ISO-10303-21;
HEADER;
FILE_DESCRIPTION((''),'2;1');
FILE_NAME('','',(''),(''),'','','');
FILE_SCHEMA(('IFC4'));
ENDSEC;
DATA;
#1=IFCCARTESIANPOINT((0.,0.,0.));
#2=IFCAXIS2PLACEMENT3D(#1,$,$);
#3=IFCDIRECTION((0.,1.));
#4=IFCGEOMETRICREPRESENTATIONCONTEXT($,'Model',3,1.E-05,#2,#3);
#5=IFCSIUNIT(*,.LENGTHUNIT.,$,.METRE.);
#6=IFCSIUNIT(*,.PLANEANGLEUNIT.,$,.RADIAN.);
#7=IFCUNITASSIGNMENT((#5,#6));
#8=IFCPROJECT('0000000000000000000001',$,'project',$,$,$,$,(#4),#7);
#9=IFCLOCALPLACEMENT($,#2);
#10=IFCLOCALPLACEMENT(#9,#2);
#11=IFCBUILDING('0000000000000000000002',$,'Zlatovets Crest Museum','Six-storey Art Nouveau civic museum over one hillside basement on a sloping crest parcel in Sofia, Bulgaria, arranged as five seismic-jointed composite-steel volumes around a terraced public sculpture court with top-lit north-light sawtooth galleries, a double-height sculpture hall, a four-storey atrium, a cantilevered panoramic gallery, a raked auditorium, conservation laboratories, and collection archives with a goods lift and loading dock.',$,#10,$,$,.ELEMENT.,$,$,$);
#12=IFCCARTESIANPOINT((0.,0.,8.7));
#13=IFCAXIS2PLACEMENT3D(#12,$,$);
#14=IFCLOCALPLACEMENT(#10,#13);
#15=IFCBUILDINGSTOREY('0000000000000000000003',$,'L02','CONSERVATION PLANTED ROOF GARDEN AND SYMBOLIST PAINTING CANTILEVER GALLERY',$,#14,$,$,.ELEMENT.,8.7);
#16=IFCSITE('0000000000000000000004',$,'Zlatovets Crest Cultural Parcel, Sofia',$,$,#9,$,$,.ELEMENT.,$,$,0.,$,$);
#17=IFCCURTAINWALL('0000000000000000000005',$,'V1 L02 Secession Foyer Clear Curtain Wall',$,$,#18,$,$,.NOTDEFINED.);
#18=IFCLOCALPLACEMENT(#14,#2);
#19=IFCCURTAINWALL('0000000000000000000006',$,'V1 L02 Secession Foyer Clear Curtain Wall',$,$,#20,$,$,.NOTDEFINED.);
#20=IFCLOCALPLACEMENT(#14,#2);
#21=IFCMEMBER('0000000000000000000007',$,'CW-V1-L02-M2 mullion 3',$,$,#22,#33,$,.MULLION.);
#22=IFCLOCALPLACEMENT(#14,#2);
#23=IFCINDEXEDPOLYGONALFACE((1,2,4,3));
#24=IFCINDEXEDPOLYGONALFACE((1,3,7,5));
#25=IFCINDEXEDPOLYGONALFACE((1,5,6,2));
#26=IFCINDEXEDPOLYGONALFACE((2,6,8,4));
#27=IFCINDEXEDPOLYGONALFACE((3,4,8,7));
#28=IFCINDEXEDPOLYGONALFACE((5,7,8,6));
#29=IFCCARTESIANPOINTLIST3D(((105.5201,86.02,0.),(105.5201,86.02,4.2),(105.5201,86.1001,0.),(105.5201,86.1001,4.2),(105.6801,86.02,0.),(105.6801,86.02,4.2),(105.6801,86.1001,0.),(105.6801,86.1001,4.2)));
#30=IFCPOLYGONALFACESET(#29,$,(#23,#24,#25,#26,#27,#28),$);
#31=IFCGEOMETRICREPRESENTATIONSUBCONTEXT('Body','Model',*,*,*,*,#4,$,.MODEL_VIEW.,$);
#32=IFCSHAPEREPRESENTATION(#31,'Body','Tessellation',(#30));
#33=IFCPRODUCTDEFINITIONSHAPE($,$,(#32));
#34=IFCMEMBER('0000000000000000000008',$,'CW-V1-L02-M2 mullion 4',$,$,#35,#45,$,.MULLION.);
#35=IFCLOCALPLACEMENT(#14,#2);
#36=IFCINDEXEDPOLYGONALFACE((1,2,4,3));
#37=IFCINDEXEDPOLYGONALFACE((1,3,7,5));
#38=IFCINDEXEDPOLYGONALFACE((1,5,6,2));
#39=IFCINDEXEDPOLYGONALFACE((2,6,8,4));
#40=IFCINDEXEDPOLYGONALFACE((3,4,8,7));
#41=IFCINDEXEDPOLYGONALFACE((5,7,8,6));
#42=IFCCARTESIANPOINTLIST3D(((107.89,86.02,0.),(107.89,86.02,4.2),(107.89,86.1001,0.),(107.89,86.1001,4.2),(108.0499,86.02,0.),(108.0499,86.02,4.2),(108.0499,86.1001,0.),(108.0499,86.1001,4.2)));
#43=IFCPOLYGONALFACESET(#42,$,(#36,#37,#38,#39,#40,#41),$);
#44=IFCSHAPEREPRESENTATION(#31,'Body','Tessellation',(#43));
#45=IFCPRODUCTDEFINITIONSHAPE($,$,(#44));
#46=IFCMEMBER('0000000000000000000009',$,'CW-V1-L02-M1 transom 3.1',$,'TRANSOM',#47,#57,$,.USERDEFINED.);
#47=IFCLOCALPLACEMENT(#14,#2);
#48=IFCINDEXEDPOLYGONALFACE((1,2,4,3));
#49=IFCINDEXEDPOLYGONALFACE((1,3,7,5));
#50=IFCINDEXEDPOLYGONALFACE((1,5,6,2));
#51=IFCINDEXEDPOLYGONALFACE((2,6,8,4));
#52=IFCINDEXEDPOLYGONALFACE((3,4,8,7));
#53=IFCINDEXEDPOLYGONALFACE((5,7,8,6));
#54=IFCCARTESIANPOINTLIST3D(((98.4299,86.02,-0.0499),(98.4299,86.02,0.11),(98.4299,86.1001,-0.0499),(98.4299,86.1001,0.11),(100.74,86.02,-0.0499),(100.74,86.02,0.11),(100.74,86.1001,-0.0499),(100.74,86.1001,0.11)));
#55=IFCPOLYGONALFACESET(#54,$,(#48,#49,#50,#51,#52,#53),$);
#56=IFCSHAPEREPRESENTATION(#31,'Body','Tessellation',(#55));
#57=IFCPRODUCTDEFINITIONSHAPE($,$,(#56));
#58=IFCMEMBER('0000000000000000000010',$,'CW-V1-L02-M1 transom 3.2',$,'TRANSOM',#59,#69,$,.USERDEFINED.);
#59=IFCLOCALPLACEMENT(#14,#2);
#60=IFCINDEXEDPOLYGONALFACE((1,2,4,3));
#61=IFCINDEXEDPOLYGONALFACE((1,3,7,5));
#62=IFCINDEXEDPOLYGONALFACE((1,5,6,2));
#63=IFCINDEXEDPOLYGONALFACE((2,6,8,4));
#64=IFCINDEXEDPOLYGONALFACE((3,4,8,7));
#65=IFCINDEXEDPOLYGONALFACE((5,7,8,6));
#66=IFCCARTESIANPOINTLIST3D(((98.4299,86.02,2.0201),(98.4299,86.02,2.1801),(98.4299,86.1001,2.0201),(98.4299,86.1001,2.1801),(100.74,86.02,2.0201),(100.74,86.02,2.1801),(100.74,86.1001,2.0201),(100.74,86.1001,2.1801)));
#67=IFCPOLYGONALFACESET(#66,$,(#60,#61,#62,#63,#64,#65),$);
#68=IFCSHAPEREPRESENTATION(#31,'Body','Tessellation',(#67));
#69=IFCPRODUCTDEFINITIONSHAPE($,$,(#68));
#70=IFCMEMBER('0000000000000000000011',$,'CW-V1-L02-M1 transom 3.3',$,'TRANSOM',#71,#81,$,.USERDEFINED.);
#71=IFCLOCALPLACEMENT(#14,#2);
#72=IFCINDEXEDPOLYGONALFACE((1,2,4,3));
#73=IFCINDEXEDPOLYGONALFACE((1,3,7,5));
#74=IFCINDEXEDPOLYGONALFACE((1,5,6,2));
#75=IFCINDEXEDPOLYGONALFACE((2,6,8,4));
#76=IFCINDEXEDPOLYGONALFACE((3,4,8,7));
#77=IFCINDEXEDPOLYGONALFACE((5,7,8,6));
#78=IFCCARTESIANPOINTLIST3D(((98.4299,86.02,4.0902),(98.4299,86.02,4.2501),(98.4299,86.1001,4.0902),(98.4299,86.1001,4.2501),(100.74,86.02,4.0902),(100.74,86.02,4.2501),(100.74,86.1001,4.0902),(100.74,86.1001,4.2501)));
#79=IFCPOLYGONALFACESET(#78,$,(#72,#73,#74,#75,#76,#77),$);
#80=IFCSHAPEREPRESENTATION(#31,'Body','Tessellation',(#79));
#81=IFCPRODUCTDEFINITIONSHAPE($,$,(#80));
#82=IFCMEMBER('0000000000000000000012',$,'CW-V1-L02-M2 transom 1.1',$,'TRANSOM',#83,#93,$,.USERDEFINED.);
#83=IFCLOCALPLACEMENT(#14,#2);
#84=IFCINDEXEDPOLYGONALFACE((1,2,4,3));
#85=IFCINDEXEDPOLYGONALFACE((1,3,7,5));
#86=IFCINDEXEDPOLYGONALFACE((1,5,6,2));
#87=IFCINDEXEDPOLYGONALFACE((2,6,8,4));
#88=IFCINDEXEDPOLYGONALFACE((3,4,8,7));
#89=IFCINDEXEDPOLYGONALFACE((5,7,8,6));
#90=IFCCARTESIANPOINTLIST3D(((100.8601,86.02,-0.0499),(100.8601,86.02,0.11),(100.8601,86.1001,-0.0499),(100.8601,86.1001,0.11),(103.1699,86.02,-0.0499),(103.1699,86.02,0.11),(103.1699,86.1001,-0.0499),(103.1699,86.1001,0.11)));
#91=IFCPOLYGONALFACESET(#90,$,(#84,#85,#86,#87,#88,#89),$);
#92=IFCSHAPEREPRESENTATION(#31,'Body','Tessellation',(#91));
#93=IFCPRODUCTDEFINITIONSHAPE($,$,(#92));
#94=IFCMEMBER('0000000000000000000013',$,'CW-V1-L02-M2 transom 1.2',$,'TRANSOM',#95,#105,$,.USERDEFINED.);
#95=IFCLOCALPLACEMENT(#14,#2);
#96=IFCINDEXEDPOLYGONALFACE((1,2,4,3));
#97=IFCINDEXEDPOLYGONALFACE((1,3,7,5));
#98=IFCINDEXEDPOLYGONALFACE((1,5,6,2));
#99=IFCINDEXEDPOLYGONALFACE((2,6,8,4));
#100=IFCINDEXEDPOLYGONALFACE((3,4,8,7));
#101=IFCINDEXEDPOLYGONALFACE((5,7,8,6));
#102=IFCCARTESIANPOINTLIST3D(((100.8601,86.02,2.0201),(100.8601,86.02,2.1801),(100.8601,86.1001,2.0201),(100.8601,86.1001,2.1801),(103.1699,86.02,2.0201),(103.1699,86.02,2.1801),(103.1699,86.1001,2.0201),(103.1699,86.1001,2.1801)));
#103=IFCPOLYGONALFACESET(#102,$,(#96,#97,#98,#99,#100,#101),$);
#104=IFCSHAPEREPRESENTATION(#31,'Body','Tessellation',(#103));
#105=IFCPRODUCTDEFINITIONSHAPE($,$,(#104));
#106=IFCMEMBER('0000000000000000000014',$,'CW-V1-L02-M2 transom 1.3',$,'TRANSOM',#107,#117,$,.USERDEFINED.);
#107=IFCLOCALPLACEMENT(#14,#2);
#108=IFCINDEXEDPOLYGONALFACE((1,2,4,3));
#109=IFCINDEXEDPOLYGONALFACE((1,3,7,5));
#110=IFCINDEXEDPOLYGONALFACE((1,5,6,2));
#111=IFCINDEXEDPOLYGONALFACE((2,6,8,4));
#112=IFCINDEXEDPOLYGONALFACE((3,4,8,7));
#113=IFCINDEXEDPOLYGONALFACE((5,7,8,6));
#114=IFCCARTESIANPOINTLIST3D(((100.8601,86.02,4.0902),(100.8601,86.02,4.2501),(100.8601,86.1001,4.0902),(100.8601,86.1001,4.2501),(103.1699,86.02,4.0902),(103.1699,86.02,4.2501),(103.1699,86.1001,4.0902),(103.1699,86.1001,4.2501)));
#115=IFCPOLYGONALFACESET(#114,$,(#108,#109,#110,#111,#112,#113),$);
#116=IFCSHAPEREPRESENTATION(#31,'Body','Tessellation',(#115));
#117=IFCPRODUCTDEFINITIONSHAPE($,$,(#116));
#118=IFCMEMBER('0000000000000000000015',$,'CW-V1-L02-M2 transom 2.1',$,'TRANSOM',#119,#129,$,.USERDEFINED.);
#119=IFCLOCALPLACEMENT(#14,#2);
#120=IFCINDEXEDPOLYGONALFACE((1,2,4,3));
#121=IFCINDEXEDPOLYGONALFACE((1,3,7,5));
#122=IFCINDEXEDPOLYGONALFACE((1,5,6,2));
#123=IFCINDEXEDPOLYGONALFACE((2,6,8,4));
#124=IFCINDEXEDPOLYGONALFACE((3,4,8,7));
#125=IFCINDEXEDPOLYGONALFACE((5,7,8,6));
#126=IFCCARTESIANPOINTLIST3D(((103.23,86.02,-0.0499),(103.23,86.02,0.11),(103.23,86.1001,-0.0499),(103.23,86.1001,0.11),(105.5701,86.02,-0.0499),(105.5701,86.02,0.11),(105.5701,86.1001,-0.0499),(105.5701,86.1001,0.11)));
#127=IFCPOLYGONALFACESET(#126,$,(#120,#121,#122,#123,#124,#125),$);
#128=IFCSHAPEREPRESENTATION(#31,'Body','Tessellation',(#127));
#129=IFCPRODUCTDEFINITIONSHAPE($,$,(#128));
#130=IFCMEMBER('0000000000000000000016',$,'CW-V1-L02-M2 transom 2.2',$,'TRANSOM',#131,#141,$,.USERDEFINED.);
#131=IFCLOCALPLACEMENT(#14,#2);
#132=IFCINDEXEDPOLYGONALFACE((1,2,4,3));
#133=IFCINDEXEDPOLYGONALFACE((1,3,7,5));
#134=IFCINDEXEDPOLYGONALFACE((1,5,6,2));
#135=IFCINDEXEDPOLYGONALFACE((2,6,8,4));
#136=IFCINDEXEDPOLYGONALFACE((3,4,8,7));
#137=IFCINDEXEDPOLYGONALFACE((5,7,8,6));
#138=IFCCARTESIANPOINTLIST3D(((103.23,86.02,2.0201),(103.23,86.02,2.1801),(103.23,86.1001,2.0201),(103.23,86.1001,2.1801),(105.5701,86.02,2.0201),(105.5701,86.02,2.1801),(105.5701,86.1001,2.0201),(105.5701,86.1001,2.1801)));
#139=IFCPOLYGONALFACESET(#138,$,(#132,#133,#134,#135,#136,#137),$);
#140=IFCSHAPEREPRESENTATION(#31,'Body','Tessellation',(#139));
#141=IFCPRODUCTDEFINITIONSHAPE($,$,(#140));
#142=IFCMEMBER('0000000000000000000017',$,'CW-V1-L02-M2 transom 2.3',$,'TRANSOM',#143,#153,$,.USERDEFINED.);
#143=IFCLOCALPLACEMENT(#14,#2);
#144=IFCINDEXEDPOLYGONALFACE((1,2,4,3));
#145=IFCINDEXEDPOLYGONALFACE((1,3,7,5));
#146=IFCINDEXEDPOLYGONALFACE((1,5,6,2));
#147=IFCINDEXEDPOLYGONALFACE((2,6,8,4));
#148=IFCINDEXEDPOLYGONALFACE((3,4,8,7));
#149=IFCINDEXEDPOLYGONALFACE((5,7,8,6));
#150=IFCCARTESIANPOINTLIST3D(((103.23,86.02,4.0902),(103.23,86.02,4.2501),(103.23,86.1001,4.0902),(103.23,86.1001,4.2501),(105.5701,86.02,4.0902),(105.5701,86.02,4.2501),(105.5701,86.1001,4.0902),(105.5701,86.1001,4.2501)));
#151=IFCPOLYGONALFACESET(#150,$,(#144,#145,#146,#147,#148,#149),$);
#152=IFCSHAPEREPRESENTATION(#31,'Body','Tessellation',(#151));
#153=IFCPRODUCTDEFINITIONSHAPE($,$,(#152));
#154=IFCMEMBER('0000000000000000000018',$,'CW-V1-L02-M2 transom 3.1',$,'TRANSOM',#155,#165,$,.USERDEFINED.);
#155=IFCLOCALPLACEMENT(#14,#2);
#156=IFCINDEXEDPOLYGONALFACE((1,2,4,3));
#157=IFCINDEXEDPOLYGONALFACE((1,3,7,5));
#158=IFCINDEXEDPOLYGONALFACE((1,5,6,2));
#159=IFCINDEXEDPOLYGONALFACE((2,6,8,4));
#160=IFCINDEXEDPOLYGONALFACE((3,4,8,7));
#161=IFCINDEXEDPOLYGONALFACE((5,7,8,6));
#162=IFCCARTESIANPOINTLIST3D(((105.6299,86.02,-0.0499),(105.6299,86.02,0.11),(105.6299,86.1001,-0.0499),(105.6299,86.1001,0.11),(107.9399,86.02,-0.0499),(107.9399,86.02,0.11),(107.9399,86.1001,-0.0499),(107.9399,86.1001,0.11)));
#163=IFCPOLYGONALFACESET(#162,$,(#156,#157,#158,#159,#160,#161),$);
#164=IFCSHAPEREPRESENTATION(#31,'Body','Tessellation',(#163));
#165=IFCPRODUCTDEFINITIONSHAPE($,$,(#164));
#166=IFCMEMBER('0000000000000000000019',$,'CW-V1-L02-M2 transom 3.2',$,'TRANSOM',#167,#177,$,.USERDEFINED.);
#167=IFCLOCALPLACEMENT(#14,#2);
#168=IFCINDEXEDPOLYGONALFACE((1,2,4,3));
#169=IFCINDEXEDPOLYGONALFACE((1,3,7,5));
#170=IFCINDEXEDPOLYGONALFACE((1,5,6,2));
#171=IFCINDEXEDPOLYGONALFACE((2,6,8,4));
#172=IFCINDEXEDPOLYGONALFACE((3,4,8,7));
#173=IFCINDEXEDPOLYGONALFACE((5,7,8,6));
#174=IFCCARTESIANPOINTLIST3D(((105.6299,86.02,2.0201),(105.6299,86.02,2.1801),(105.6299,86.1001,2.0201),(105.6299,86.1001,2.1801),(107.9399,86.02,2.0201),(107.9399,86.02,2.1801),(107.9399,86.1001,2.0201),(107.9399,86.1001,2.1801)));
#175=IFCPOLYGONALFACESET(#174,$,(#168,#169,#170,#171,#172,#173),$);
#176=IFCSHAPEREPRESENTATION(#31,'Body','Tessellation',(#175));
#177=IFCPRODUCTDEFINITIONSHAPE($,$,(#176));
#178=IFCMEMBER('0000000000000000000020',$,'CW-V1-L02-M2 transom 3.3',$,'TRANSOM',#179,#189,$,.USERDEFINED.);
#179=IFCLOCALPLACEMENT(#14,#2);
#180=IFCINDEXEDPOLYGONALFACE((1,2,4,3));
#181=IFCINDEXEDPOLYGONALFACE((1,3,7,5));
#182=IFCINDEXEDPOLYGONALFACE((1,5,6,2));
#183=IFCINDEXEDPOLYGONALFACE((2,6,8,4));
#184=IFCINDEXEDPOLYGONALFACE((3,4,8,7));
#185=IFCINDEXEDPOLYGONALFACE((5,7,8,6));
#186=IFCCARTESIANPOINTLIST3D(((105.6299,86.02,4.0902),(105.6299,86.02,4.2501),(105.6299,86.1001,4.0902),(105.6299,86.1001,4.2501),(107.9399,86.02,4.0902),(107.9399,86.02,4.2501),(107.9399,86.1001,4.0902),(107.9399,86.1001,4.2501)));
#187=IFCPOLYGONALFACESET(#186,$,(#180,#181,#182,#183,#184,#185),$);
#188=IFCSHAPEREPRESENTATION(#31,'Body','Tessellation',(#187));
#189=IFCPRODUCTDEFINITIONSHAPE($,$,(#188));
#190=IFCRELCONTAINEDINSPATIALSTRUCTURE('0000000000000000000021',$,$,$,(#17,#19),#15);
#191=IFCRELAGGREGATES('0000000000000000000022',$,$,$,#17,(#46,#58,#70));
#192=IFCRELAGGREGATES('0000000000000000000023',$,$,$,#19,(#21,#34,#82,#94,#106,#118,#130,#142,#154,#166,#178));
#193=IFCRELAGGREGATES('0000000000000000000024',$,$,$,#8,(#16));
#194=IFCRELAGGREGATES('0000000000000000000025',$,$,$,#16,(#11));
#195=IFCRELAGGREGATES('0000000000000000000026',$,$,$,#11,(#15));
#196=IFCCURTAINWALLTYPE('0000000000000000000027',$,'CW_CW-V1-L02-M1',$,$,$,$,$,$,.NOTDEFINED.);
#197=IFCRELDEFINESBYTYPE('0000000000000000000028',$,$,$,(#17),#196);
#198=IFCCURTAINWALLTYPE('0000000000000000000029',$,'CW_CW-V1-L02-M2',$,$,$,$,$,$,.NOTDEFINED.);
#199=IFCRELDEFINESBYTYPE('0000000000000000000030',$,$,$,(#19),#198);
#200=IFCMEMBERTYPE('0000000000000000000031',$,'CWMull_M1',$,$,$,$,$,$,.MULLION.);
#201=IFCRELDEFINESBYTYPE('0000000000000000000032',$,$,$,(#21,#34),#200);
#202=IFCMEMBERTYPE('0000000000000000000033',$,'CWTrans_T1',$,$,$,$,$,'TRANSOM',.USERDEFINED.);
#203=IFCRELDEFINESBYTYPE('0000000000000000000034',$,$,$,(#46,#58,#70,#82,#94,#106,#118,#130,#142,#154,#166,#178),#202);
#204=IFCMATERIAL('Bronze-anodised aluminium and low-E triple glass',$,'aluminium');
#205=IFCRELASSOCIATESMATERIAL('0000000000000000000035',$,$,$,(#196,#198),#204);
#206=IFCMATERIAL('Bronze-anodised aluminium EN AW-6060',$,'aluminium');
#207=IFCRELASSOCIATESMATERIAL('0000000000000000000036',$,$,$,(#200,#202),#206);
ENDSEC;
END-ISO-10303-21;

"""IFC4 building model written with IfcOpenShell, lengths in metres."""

from ifc_helpers import new_model, si_unit, direction, frame, origin, origin_2d, place, context, subcontext, project, spatial, rectangle, extrude, material, material_profile, profile_set, type_object, element, aggregate, save


model = new_model("IFC4")

# Units and contexts
model_context = context("Model", 3, precision=1e-05, world=origin(), true_north=direction((0.0, 1.0)))
body_context = subcontext(model_context, "Body", "Model", "MODEL_VIEW")
ifc_project = project(units=[si_unit("LENGTHUNIT", "METRE"), si_unit("PLANEANGLEUNIT", "RADIAN")], contexts=[model_context])

# Site, building, storey
site_placement = place(None, origin())
site = spatial("IfcSite", under=ifc_project, at=site_placement, Name="Zlatovets Crest Cultural Parcel, Sofia", CompositionType="ELEMENT", RefElevation=0.0)
building_placement = place(site_placement, origin())
building = spatial("IfcBuilding", under=site, at=building_placement, Name="Zlatovets Crest Museum", Description="Six-storey Art Nouveau civic museum over one hillside basement on a sloping crest parcel in Sofia, Bulgaria, arranged as five seismic-jointed composite-steel volumes around a terraced public sculpture court with top-lit north-light sawtooth galleries, a double-height sculpture hall, a four-storey atrium, a cantilevered panoramic gallery, a raked auditorium, conservation laboratories, and collection archives with a goods lift and loading dock.", CompositionType="ELEMENT")
storey_placement = place(building_placement, frame((0.0, 0.0, 8.7)))
storey = spatial("IfcBuildingStorey", under=building, at=storey_placement, Name="L02", Description="CONSERVATION PLANTED ROOF GARDEN AND SYMBOLIST PAINTING CANTILEVER GALLERY", CompositionType="ELEMENT", Elevation=8.7)

# Curtain walls, members
ifc_material_1 = material(Name="Bronze-anodised aluminium and low-E triple glass", Category="aluminium")
curtain_wall_type_1 = type_object("IfcCurtainWallType", Name="CW_CW-V1-L02-M1", PredefinedType="NOTDEFINED", material=ifc_material_1)
curtain_wall_1_placement = place(storey_placement, origin())
curtain_wall_1 = element("IfcCurtainWall", 1, at=curtain_wall_1_placement, inside=storey, type_object=curtain_wall_type_1, Name="V1 L02 Secession Foyer Clear Curtain Wall", PredefinedType="NOTDEFINED")
ifc_material_2 = material(Name="Bronze-anodised aluminium EN AW-6060", Category="aluminium")
ifc_material_profile_1 = material_profile(ifc_material_2, rectangle(XDim=0.0801, YDim=0.1599, at=origin_2d()), Name="ALU 80x160")
ifc_profile_set_1 = profile_set([ifc_material_profile_1], Name="Bronze-anodised aluminium EN AW-6060")
member_type_1 = type_object("IfcMemberType", Name="CWMull_M1", PredefinedType="MULLION", material=ifc_profile_set_1)
curtain_wall_type_2 = type_object("IfcCurtainWallType", Name="CW_CW-V1-L02-M2", PredefinedType="NOTDEFINED", material=ifc_material_1)
curtain_wall_2_placement = place(storey_placement, origin())
curtain_wall_2 = element("IfcCurtainWall", 2, at=curtain_wall_2_placement, inside=storey, type_object=curtain_wall_type_2, Name="V1 L02 Secession Foyer Clear Curtain Wall", PredefinedType="NOTDEFINED")
member_1_placement = place(storey_placement, frame((105.6001, 86.0601, 0.0), z_axis=(0.0, 0.0, 1.0), x_axis=(0.0, 1.0, 0.0)))
member_1 = element("IfcMember", 3, at=member_1_placement, type_object=member_type_1, Name="CW-V1-L02-M2 mullion 3", PredefinedType="MULLION", context=body_context, shape_type="SweptSolid", body=[
    extrude(rectangle(XDim=0.0801, YDim=0.1599, at=origin_2d()), origin(), (0.0, 0.0, 1.0), 4.2),
])
member_2_placement = place(storey_placement, frame((107.97, 86.0601, 0.0), z_axis=(0.0, 0.0, 1.0), x_axis=(0.0, 1.0, 0.0)))
member_2 = element("IfcMember", 4, at=member_2_placement, type_object=member_type_1, Name="CW-V1-L02-M2 mullion 4", PredefinedType="MULLION", context=body_context, shape_type="SweptSolid", body=[
    extrude(rectangle(XDim=0.0801, YDim=0.1599, at=origin_2d()), origin(), (0.0, 0.0, 1.0), 4.2),
])

# Members
ifc_material_profile_2 = material_profile(ifc_material_2, rectangle(XDim=0.0801, YDim=0.1599, at=origin_2d()), Name="ALU 80x160")
ifc_profile_set_2 = profile_set([ifc_material_profile_2], Name="Bronze-anodised aluminium EN AW-6060")
member_type_2 = type_object("IfcMemberType", Name="CWTrans_T1", ElementType="TRANSOM", PredefinedType="USERDEFINED", material=ifc_profile_set_2)
member_3_placement = place(storey_placement, frame((98.4299, 86.0601, 0.03), z_axis=(1.0, 0.0, 0.0), x_axis=(0.0, 1.0, 0.0)))
member_3 = element("IfcMember", 5, at=member_3_placement, type_object=member_type_2, Name="CW-V1-L02-M1 transom 3.1", ObjectType="TRANSOM", PredefinedType="USERDEFINED", context=body_context, shape_type="SweptSolid", body=[
    extrude(rectangle(XDim=0.0801, YDim=0.1599, at=origin_2d()), origin(), (0.0, 0.0, 1.0), 2.3101),
])
member_4_placement = place(storey_placement, frame((98.4299, 86.0601, 2.1001), z_axis=(1.0, 0.0, 0.0), x_axis=(0.0, 1.0, 0.0)))
member_4 = element("IfcMember", 6, at=member_4_placement, type_object=member_type_2, Name="CW-V1-L02-M1 transom 3.2", ObjectType="TRANSOM", PredefinedType="USERDEFINED", context=body_context, shape_type="SweptSolid", body=[
    extrude(rectangle(XDim=0.0801, YDim=0.1599, at=origin_2d()), origin(), (0.0, 0.0, 1.0), 2.3101),
])
member_5_placement = place(storey_placement, frame((98.4299, 86.0601, 4.1702), z_axis=(1.0, 0.0, 0.0), x_axis=(0.0, 1.0, 0.0)))
member_5 = element("IfcMember", 7, at=member_5_placement, type_object=member_type_2, Name="CW-V1-L02-M1 transom 3.3", ObjectType="TRANSOM", PredefinedType="USERDEFINED", context=body_context, shape_type="SweptSolid", body=[
    extrude(rectangle(XDim=0.0801, YDim=0.1599, at=origin_2d()), origin(), (0.0, 0.0, 1.0), 2.3101),
])
member_6_placement = place(storey_placement, frame((100.8601, 86.0601, 0.03), z_axis=(1.0, 0.0, 0.0), x_axis=(0.0, 1.0, 0.0)))
member_6 = element("IfcMember", 8, at=member_6_placement, type_object=member_type_2, Name="CW-V1-L02-M2 transom 1.1", ObjectType="TRANSOM", PredefinedType="USERDEFINED", context=body_context, shape_type="SweptSolid", body=[
    extrude(rectangle(XDim=0.0801, YDim=0.1599, at=origin_2d()), origin(), (0.0, 0.0, 1.0), 2.3098),
])
member_7_placement = place(storey_placement, frame((100.8601, 86.0601, 2.1001), z_axis=(1.0, 0.0, 0.0), x_axis=(0.0, 1.0, 0.0)))
member_7 = element("IfcMember", 9, at=member_7_placement, type_object=member_type_2, Name="CW-V1-L02-M2 transom 1.2", ObjectType="TRANSOM", PredefinedType="USERDEFINED", context=body_context, shape_type="SweptSolid", body=[
    extrude(rectangle(XDim=0.0801, YDim=0.1599, at=origin_2d()), origin(), (0.0, 0.0, 1.0), 2.3098),
])
member_8_placement = place(storey_placement, frame((100.8601, 86.0601, 4.1702), z_axis=(1.0, 0.0, 0.0), x_axis=(0.0, 1.0, 0.0)))
member_8 = element("IfcMember", 10, at=member_8_placement, type_object=member_type_2, Name="CW-V1-L02-M2 transom 1.3", ObjectType="TRANSOM", PredefinedType="USERDEFINED", context=body_context, shape_type="SweptSolid", body=[
    extrude(rectangle(XDim=0.0801, YDim=0.1599, at=origin_2d()), origin(), (0.0, 0.0, 1.0), 2.3098),
])
member_9_placement = place(storey_placement, frame((103.23, 86.0601, 0.03), z_axis=(1.0, 0.0, 0.0), x_axis=(0.0, 1.0, 0.0)))
member_9 = element("IfcMember", 11, at=member_9_placement, type_object=member_type_2, Name="CW-V1-L02-M2 transom 2.1", ObjectType="TRANSOM", PredefinedType="USERDEFINED", context=body_context, shape_type="SweptSolid", body=[
    extrude(rectangle(XDim=0.0801, YDim=0.1599, at=origin_2d()), origin(), (0.0, 0.0, 1.0), 2.3401),
])
member_10_placement = place(storey_placement, frame((103.23, 86.0601, 2.1001), z_axis=(1.0, 0.0, 0.0), x_axis=(0.0, 1.0, 0.0)))
member_10 = element("IfcMember", 12, at=member_10_placement, type_object=member_type_2, Name="CW-V1-L02-M2 transom 2.2", ObjectType="TRANSOM", PredefinedType="USERDEFINED", context=body_context, shape_type="SweptSolid", body=[
    extrude(rectangle(XDim=0.0801, YDim=0.1599, at=origin_2d()), origin(), (0.0, 0.0, 1.0), 2.3401),
])
member_11_placement = place(storey_placement, frame((103.23, 86.0601, 4.1702), z_axis=(1.0, 0.0, 0.0), x_axis=(0.0, 1.0, 0.0)))
member_11 = element("IfcMember", 13, at=member_11_placement, type_object=member_type_2, Name="CW-V1-L02-M2 transom 2.3", ObjectType="TRANSOM", PredefinedType="USERDEFINED", context=body_context, shape_type="SweptSolid", body=[
    extrude(rectangle(XDim=0.0801, YDim=0.1599, at=origin_2d()), origin(), (0.0, 0.0, 1.0), 2.3401),
])
member_12_placement = place(storey_placement, frame((105.6299, 86.0601, 0.03), z_axis=(1.0, 0.0, 0.0), x_axis=(0.0, 1.0, 0.0)))
member_12 = element("IfcMember", 14, at=member_12_placement, type_object=member_type_2, Name="CW-V1-L02-M2 transom 3.1", ObjectType="TRANSOM", PredefinedType="USERDEFINED", context=body_context, shape_type="SweptSolid", body=[
    extrude(rectangle(XDim=0.0801, YDim=0.1599, at=origin_2d()), origin(), (0.0, 0.0, 1.0), 2.3101),
])
member_13_placement = place(storey_placement, frame((105.6299, 86.0601, 2.1001), z_axis=(1.0, 0.0, 0.0), x_axis=(0.0, 1.0, 0.0)))
member_13 = element("IfcMember", 15, at=member_13_placement, type_object=member_type_2, Name="CW-V1-L02-M2 transom 3.2", ObjectType="TRANSOM", PredefinedType="USERDEFINED", context=body_context, shape_type="SweptSolid", body=[
    extrude(rectangle(XDim=0.0801, YDim=0.1599, at=origin_2d()), origin(), (0.0, 0.0, 1.0), 2.3101),
])
member_14_placement = place(storey_placement, frame((105.6299, 86.0601, 4.1702), z_axis=(1.0, 0.0, 0.0), x_axis=(0.0, 1.0, 0.0)))
member_14 = element("IfcMember", 16, at=member_14_placement, type_object=member_type_2, Name="CW-V1-L02-M2 transom 3.3", ObjectType="TRANSOM", PredefinedType="USERDEFINED", context=body_context, shape_type="SweptSolid", body=[
    extrude(rectangle(XDim=0.0801, YDim=0.1599, at=origin_2d()), origin(), (0.0, 0.0, 1.0), 2.3101),
])

aggregate(curtain_wall_1, [member_3, member_4, member_5])
aggregate(curtain_wall_2, [member_1, member_2, member_6, member_7, member_8, member_9, member_10, member_11, member_12, member_13, member_14])

save(model, "model.ifc")
